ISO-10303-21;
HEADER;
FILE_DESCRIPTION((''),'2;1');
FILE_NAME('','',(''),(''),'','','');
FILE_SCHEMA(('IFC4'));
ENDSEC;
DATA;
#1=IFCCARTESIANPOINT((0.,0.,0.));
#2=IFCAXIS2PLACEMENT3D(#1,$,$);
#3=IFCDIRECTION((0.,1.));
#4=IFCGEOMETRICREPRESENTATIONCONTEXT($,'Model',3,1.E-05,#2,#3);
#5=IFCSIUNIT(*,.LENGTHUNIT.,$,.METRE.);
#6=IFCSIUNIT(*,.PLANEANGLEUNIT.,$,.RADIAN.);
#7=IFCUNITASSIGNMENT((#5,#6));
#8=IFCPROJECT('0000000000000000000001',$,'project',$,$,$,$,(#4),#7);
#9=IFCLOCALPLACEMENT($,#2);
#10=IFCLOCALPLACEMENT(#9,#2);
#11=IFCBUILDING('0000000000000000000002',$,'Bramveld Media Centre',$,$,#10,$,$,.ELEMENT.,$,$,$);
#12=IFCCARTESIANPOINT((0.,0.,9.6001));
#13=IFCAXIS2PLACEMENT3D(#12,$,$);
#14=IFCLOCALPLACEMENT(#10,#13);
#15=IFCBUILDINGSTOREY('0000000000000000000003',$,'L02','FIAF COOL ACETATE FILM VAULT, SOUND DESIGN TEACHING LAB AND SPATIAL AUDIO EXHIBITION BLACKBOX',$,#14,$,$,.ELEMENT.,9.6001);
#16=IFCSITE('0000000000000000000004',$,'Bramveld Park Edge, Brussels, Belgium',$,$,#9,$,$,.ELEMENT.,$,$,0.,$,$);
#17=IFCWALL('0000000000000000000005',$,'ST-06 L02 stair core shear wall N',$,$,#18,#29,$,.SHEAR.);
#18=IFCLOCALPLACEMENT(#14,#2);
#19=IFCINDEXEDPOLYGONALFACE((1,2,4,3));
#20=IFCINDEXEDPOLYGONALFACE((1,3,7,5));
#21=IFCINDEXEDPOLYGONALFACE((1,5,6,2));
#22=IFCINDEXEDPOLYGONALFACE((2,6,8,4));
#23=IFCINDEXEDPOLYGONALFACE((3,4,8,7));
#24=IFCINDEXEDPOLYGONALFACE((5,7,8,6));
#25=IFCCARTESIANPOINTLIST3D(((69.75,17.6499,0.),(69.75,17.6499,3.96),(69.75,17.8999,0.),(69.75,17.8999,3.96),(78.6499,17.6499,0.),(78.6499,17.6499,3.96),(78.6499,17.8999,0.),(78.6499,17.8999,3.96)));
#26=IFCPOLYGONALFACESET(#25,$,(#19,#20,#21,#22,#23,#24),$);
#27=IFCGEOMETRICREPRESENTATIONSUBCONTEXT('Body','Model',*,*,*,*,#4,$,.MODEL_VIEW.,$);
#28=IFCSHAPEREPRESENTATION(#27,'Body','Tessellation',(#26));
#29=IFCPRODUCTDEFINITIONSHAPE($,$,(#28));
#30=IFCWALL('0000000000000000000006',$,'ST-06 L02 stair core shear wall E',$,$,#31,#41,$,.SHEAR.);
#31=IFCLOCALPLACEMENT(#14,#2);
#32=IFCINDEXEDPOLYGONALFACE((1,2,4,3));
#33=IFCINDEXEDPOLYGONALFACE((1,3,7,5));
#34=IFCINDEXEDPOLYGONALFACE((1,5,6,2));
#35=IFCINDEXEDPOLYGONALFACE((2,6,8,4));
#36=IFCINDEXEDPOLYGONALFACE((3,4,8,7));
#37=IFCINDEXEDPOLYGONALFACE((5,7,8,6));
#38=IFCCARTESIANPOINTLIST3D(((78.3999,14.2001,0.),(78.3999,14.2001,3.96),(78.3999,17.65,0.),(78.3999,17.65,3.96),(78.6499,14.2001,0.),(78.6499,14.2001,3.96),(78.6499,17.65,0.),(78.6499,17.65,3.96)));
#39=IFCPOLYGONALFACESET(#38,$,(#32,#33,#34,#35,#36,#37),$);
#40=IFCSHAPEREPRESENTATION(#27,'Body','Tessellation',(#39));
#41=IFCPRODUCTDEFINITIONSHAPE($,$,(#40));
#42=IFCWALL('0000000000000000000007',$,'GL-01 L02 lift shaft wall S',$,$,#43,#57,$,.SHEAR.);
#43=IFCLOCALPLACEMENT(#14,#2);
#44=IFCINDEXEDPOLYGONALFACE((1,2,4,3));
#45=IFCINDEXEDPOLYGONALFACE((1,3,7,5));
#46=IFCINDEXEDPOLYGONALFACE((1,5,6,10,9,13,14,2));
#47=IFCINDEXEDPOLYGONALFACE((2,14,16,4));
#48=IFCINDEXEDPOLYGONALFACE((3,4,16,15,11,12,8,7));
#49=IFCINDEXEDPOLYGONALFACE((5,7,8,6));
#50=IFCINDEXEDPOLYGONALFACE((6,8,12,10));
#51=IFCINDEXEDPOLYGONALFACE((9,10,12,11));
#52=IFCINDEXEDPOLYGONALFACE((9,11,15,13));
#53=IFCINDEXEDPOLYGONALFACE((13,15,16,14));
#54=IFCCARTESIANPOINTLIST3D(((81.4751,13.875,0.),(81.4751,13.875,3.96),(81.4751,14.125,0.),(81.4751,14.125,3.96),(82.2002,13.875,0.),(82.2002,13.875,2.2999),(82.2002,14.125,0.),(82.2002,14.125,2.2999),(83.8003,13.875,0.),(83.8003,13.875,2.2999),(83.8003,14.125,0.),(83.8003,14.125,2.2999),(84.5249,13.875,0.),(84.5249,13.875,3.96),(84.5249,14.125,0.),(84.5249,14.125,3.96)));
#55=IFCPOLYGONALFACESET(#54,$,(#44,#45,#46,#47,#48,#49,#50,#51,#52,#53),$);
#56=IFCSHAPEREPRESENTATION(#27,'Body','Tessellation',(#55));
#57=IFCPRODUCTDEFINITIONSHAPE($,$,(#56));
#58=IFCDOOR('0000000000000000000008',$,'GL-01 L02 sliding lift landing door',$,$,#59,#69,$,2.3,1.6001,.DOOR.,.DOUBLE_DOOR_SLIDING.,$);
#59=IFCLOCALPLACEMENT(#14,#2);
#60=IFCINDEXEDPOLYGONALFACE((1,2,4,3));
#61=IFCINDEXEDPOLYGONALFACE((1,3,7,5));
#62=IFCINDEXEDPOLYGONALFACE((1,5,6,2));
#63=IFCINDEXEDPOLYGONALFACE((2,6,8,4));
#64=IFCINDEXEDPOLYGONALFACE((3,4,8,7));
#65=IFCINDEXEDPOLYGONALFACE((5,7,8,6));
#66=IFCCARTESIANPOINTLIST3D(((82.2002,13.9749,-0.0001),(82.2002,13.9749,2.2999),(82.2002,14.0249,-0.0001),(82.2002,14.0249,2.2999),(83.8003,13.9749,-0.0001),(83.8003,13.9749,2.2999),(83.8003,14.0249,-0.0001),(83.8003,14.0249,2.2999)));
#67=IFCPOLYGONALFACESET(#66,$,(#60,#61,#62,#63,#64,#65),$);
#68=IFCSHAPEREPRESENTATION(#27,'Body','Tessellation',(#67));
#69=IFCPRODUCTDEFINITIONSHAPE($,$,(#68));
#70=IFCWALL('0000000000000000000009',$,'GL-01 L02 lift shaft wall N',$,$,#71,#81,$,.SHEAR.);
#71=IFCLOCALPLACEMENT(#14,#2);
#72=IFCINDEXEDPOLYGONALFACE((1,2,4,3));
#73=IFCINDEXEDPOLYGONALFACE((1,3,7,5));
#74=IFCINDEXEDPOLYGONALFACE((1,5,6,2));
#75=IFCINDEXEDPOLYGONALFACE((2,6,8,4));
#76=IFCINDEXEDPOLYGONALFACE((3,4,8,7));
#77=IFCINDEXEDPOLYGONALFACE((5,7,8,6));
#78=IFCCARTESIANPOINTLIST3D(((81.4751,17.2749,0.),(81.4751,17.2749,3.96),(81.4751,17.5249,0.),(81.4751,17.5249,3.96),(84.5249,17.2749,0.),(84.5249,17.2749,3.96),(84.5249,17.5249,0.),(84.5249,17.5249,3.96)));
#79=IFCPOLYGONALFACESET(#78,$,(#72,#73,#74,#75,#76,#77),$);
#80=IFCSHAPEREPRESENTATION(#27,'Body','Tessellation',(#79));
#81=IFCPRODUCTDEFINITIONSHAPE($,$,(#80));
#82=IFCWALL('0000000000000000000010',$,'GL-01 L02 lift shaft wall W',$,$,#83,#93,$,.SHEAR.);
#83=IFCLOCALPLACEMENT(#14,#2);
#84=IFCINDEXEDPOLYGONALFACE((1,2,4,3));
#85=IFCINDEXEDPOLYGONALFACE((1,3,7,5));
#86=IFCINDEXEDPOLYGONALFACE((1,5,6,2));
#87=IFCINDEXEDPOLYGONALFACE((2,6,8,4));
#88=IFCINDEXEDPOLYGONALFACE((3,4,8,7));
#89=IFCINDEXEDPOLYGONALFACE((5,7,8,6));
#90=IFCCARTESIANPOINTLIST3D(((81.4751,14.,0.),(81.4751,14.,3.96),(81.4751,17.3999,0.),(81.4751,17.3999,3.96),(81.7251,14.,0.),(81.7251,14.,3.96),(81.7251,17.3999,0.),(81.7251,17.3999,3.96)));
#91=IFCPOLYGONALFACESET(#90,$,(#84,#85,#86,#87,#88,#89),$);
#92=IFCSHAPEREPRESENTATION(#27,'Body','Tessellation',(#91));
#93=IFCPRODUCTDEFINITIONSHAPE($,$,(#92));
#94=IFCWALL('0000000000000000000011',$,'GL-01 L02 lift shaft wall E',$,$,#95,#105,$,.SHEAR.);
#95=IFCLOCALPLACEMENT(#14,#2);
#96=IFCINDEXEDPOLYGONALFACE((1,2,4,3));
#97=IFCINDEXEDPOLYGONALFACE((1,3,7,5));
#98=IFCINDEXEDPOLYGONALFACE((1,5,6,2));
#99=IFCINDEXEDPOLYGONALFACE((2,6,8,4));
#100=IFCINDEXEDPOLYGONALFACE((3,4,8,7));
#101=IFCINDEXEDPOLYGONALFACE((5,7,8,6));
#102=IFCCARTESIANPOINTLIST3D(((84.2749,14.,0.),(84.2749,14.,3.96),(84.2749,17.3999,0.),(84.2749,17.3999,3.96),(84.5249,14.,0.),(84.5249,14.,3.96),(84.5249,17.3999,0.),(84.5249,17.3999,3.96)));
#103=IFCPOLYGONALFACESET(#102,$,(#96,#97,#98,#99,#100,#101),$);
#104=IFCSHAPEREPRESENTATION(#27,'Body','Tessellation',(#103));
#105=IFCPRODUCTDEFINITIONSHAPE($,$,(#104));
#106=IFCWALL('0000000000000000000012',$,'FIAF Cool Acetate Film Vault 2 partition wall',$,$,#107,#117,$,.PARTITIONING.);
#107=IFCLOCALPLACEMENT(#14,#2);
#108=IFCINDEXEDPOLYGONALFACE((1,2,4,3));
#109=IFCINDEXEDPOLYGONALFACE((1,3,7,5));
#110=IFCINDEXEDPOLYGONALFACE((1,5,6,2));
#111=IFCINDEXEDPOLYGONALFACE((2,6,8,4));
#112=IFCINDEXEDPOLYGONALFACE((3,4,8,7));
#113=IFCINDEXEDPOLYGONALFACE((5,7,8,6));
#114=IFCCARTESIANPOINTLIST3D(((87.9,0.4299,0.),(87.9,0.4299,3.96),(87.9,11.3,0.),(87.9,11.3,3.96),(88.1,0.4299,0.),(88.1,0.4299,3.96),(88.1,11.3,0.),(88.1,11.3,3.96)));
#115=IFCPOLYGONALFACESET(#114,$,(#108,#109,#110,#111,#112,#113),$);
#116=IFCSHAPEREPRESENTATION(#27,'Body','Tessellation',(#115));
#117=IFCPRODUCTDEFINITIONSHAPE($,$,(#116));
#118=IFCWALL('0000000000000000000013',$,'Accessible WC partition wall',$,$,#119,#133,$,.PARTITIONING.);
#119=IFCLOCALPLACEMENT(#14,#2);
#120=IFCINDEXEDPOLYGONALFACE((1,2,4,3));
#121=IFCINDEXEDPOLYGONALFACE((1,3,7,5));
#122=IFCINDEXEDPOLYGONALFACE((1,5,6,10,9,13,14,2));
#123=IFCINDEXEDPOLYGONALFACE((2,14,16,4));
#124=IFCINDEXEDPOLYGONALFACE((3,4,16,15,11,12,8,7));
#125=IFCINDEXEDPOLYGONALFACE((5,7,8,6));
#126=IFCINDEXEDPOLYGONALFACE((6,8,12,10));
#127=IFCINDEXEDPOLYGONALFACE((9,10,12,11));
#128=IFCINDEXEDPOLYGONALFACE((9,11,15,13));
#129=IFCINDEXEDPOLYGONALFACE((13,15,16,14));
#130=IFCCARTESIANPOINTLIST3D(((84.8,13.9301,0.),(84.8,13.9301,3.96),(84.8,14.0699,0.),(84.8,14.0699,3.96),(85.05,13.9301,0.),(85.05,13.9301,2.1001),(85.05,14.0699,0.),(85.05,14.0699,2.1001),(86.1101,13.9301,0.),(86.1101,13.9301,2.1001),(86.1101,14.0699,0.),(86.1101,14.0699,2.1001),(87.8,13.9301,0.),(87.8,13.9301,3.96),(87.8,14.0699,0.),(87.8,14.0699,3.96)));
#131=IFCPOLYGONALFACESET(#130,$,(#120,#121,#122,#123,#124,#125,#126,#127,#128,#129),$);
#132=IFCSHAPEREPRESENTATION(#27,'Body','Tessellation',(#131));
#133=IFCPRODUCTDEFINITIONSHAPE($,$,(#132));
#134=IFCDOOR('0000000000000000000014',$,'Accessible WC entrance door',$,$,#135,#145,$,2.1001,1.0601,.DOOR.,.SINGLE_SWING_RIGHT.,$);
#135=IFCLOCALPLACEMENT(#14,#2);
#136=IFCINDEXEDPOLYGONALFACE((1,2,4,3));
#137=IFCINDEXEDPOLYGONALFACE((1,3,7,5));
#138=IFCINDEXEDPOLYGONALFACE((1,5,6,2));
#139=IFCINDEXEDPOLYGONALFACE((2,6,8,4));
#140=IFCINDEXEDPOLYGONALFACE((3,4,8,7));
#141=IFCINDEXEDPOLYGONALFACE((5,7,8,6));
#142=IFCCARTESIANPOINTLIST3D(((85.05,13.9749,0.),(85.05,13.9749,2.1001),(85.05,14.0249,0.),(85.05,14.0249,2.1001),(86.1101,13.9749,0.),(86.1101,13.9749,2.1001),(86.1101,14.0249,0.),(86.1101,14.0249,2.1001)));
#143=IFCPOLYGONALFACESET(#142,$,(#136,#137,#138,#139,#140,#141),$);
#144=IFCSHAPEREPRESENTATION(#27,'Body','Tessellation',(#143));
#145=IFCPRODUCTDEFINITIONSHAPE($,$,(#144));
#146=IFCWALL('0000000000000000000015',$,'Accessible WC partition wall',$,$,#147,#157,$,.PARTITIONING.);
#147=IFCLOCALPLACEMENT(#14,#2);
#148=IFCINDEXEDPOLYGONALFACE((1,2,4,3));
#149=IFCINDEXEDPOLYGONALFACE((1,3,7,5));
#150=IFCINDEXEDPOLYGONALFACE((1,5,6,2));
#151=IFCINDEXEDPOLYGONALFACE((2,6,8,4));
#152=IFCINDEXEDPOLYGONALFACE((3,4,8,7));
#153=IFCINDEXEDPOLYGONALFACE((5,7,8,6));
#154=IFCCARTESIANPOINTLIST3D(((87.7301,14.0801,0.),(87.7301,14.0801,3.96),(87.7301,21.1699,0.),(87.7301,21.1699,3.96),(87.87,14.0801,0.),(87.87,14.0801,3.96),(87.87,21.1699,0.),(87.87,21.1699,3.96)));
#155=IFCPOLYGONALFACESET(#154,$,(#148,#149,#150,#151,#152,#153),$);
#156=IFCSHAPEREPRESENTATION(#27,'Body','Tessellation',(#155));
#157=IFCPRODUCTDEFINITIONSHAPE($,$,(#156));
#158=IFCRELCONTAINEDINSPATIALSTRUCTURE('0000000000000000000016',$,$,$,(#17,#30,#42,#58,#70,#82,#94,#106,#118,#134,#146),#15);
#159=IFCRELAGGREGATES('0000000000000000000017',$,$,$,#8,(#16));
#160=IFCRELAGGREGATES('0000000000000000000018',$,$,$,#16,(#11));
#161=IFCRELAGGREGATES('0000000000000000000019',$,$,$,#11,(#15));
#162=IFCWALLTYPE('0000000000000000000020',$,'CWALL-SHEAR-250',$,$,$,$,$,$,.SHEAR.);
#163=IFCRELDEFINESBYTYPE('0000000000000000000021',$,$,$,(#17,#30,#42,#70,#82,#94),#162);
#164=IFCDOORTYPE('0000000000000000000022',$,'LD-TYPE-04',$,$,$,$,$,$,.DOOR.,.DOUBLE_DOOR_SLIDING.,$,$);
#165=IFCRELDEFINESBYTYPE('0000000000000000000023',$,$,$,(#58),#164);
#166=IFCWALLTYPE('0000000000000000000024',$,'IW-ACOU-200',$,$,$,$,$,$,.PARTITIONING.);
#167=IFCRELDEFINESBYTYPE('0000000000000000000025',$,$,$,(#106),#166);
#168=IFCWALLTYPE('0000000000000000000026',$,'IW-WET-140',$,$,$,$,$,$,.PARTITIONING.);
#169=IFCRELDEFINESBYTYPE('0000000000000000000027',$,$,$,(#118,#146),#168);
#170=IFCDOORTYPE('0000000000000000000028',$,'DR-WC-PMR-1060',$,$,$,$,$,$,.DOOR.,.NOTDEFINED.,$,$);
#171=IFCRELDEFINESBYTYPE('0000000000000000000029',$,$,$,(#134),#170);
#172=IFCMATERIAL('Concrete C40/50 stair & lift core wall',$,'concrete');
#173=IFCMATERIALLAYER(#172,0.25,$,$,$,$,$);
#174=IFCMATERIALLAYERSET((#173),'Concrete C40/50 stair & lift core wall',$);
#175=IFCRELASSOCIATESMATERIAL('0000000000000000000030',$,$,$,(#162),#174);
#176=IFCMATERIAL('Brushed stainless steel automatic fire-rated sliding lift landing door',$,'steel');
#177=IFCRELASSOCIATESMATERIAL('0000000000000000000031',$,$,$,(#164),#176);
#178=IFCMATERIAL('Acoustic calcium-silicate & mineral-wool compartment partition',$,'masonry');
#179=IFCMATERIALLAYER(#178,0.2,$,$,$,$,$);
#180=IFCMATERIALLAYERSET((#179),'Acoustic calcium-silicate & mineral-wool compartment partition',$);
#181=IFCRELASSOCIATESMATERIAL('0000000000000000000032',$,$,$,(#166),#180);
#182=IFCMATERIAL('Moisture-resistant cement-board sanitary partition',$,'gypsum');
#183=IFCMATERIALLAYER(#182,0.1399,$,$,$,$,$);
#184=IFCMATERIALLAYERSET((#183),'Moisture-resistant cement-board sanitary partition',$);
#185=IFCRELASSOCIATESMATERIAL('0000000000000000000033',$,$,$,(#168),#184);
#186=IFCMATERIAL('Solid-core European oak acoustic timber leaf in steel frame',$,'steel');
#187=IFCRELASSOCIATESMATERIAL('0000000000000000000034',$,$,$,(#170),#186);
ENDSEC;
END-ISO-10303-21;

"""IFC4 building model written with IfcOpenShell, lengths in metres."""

from ifc_helpers import new_model, si_unit, direction, frame, frame_2d, origin, place, context, subcontext, project, spatial, rectangle, extrude, material, layer, layer_set, type_object, element, fill, save


model = new_model("IFC4")

# Units and contexts
model_context = context("Model", 3, precision=1e-05, world=origin(), true_north=direction((0.0, 1.0)))
body_context = subcontext(model_context, "Body", "Model", "MODEL_VIEW")
ifc_project = project(units=[si_unit("LENGTHUNIT", "METRE"), si_unit("PLANEANGLEUNIT", "RADIAN")], contexts=[model_context])

# Site, building, storey
site_placement = place(None, origin())
site = spatial("IfcSite", under=ifc_project, at=site_placement, Name="Bramveld Park Edge, Brussels, Belgium", CompositionType="ELEMENT", RefElevation=0.0)
building_placement = place(site_placement, origin())
building = spatial("IfcBuilding", under=site, at=building_placement, Name="Bramveld Media Centre", CompositionType="ELEMENT")
storey_placement = place(building_placement, frame((0.0, 0.0, 9.6001)))
storey = spatial("IfcBuildingStorey", under=building, at=storey_placement, Name="L02", Description="FIAF COOL ACETATE FILM VAULT, SOUND DESIGN TEACHING LAB AND SPATIAL AUDIO EXHIBITION BLACKBOX", CompositionType="ELEMENT", Elevation=9.6001)

# Walls
ifc_material_1 = material(Name="Concrete C40/50 stair & lift core wall", Category="concrete")
ifc_layer_1 = layer(ifc_material_1, 0.25)
ifc_layer_set_1 = layer_set([ifc_layer_1], Name="Concrete C40/50 stair & lift core wall")
wall_type_1 = type_object("IfcWallType", Name="CWALL-SHEAR-250", PredefinedType="SHEAR", material=ifc_layer_set_1)
wall_1_placement = place(storey_placement, frame((78.6499, 17.7749, 0.0), z_axis=(0.0, 0.0, 1.0), x_axis=(-1.0, 0.0, 0.0)))
element("IfcWall", 1, at=wall_1_placement, inside=storey, type_object=wall_type_1, Name="ST-06 L02 stair core shear wall N", PredefinedType="SHEAR", context=body_context, shape_type="SweptSolid", body=[
    extrude(rectangle(XDim=8.8999, YDim=0.25, at=frame_2d((4.45, 0.0))), origin(), (0.0, 0.0, 1.0), 3.96),
])
wall_2_placement = place(storey_placement, frame((78.5249, 14.2, 0.0), z_axis=(0.0, 0.0, 1.0), x_axis=(0.0, 1.0, 0.0)))
element("IfcWall", 2, at=wall_2_placement, inside=storey, type_object=wall_type_1, Name="ST-06 L02 stair core shear wall E", PredefinedType="SHEAR", context=body_context, shape_type="SweptSolid", body=[
    extrude(rectangle(XDim=3.45, YDim=0.25, at=frame_2d((1.7251, 0.0))), origin(), (0.0, 0.0, 1.0), 3.96),
])

# Wall, opening, door
wall_3_placement = place(storey_placement, frame((81.4751, 14.0, 0.0), z_axis=(0.0, 0.0, 1.0), x_axis=(1.0, 0.0, 0.0)))
wall_3 = element("IfcWall", 3, at=wall_3_placement, inside=storey, type_object=wall_type_1, Name="GL-01 L02 lift shaft wall S", PredefinedType="SHEAR", context=body_context, shape_type="SweptSolid", body=[
    extrude(rectangle(XDim=3.0498, YDim=0.25, at=frame_2d((1.5249, 0.0))), origin(), (0.0, 0.0, 1.0), 3.96),
])
opening_1_placement = place(wall_3_placement, frame((0.7251, 0.0, 0.0)))
opening_1 = element("IfcOpeningElement", 4, at=opening_1_placement, cuts=wall_3, PredefinedType="OPENING", context=body_context, shape_type="SweptSolid", body=[
    extrude(rectangle(XDim=1.6001, YDim=2.3, at=frame_2d((0.8, 1.1499))), frame((0.0, 0.137, 0.0), z_axis=(0.0, -1.0, 0.0), x_axis=(1.0, 0.0, 0.0)), (0.0, 0.0, 1.0), 0.2739),
])
ifc_material_2 = material(Name="Brushed stainless steel automatic fire-rated sliding lift landing door", Category="steel")
door_type_1 = type_object("IfcDoorType", Name="LD-TYPE-04", OperationType="DOUBLE_DOOR_SLIDING", PredefinedType="DOOR", material=ifc_material_2)
door_1_placement = place(opening_1_placement, origin())
door_1 = element("IfcDoor", 5, at=door_1_placement, inside=storey, type_object=door_type_1, Name="GL-01 L02 sliding lift landing door", OperationType="DOUBLE_DOOR_SLIDING", OverallHeight=2.3, OverallWidth=1.6001, PredefinedType="DOOR", context=body_context, shape_type="SweptSolid", body=[
    extrude(rectangle(XDim=1.6001, YDim=2.3, at=frame_2d((0.8, 1.1499))), frame((0.0, 0.0249, 0.0), z_axis=(0.0, -1.0, 0.0), x_axis=(1.0, 0.0, 0.0)), (0.0, 0.0, 1.0), 0.05),
])
fill(opening_1, door_1)

# Walls
wall_4_placement = place(storey_placement, frame((84.5249, 17.3999, 0.0), z_axis=(0.0, 0.0, 1.0), x_axis=(-1.0, 0.0, 0.0)))
element("IfcWall", 6, at=wall_4_placement, inside=storey, type_object=wall_type_1, Name="GL-01 L02 lift shaft wall N", PredefinedType="SHEAR", context=body_context, shape_type="SweptSolid", body=[
    extrude(rectangle(XDim=3.0498, YDim=0.25, at=frame_2d((1.5249, 0.0))), origin(), (0.0, 0.0, 1.0), 3.96),
])
for number, where, z_axis, x_axis, name in (
    (7, (81.6001, 17.3999, 0.0), (0.0, 0.0, 1.0), (0.0, -1.0, 0.0), "GL-01 L02 lift shaft wall W"),
    (8, (84.3999, 14.0, 0.0), (0.0, 0.0, 1.0), (0.0, 1.0, 0.0), "GL-01 L02 lift shaft wall E"),
):
    element("IfcWall", number, at=place(storey_placement, frame(where, z_axis=z_axis, x_axis=x_axis)), inside=storey, type_object=wall_type_1, Name=name, PredefinedType="SHEAR", context=body_context, shape_type="SweptSolid", body=[
        extrude(rectangle(XDim=3.3999, YDim=0.25, at=frame_2d((1.7, 0.0))), origin(), (0.0, 0.0, 1.0), 3.96),
    ])
ifc_material_3 = material(Name="Acoustic calcium-silicate & mineral-wool compartment partition", Category="masonry")
ifc_layer_2 = layer(ifc_material_3, 0.2)
ifc_layer_set_2 = layer_set([ifc_layer_2], Name="Acoustic calcium-silicate & mineral-wool compartment partition")
wall_type_2 = type_object("IfcWallType", Name="IW-ACOU-200", PredefinedType="PARTITIONING", material=ifc_layer_set_2)
wall_5_placement = place(storey_placement, frame((88.0, 0.4299, 0.0), z_axis=(0.0, 0.0, 1.0), x_axis=(0.0, 1.0, 0.0)))
element("IfcWall", 9, at=wall_5_placement, inside=storey, type_object=wall_type_2, Name="FIAF Cool Acetate Film Vault 2 partition wall", PredefinedType="PARTITIONING", context=body_context, shape_type="SweptSolid", body=[
    extrude(rectangle(XDim=10.8701, YDim=0.2, at=frame_2d((5.4351, 0.0))), origin(), (0.0, 0.0, 1.0), 3.96),
])

# Wall, opening, door
ifc_material_4 = material(Name="Moisture-resistant cement-board sanitary partition", Category="gypsum")
ifc_layer_3 = layer(ifc_material_4, 0.1399)
ifc_layer_set_3 = layer_set([ifc_layer_3], Name="Moisture-resistant cement-board sanitary partition")
wall_type_3 = type_object("IfcWallType", Name="IW-WET-140", PredefinedType="PARTITIONING", material=ifc_layer_set_3)
wall_6_placement = place(storey_placement, frame((84.8, 14.0, 0.0), z_axis=(0.0, 0.0, 1.0), x_axis=(1.0, 0.0, 0.0)))
wall_6 = element("IfcWall", 10, at=wall_6_placement, inside=storey, type_object=wall_type_3, Name="Accessible WC partition wall", PredefinedType="PARTITIONING", context=body_context, shape_type="SweptSolid", body=[
    extrude(rectangle(XDim=3.0, YDim=0.1399, at=frame_2d((1.5, 0.0))), origin(), (0.0, 0.0, 1.0), 3.96),
])
opening_2_placement = place(wall_6_placement, frame((0.25, 0.0, 0.0)))
opening_2 = element("IfcOpeningElement", 11, at=opening_2_placement, cuts=wall_6, PredefinedType="OPENING", context=body_context, shape_type="SweptSolid", body=[
    extrude(rectangle(XDim=1.0601, YDim=2.1001, at=frame_2d((0.53, 1.05))), frame((0.0, 0.082, 0.0), z_axis=(0.0, -1.0, 0.0), x_axis=(1.0, 0.0, 0.0)), (0.0, 0.0, 1.0), 0.1638),
])
ifc_material_5 = material(Name="Solid-core European oak acoustic timber leaf in steel frame", Category="steel")
door_type_2 = type_object("IfcDoorType", Name="DR-WC-PMR-1060", OperationType="NOTDEFINED", PredefinedType="DOOR", material=ifc_material_5)
door_2_placement = place(opening_2_placement, origin())
door_2 = element("IfcDoor", 12, at=door_2_placement, inside=storey, type_object=door_type_2, Name="Accessible WC entrance door", OperationType="SINGLE_SWING_RIGHT", OverallHeight=2.1001, OverallWidth=1.0601, PredefinedType="DOOR", context=body_context, shape_type="SweptSolid", body=[
    extrude(rectangle(XDim=1.0601, YDim=2.1001, at=frame_2d((0.53, 1.05))), frame((0.0, 0.0249, 0.0), z_axis=(0.0, -1.0, 0.0), x_axis=(1.0, 0.0, 0.0)), (0.0, 0.0, 1.0), 0.05),
])
fill(opening_2, door_2)

# Wall
wall_7_placement = place(storey_placement, frame((87.8, 14.0801, 0.0), z_axis=(0.0, 0.0, 1.0), x_axis=(0.0, 1.0, 0.0)))
element("IfcWall", 13, at=wall_7_placement, inside=storey, type_object=wall_type_3, Name="Accessible WC partition wall", PredefinedType="PARTITIONING", context=body_context, shape_type="SweptSolid", body=[
    extrude(rectangle(XDim=7.0898, YDim=0.1399, at=frame_2d((3.5449, 0.0))), origin(), (0.0, 0.0, 1.0), 3.96),
])

save(model, "model.ifc")
